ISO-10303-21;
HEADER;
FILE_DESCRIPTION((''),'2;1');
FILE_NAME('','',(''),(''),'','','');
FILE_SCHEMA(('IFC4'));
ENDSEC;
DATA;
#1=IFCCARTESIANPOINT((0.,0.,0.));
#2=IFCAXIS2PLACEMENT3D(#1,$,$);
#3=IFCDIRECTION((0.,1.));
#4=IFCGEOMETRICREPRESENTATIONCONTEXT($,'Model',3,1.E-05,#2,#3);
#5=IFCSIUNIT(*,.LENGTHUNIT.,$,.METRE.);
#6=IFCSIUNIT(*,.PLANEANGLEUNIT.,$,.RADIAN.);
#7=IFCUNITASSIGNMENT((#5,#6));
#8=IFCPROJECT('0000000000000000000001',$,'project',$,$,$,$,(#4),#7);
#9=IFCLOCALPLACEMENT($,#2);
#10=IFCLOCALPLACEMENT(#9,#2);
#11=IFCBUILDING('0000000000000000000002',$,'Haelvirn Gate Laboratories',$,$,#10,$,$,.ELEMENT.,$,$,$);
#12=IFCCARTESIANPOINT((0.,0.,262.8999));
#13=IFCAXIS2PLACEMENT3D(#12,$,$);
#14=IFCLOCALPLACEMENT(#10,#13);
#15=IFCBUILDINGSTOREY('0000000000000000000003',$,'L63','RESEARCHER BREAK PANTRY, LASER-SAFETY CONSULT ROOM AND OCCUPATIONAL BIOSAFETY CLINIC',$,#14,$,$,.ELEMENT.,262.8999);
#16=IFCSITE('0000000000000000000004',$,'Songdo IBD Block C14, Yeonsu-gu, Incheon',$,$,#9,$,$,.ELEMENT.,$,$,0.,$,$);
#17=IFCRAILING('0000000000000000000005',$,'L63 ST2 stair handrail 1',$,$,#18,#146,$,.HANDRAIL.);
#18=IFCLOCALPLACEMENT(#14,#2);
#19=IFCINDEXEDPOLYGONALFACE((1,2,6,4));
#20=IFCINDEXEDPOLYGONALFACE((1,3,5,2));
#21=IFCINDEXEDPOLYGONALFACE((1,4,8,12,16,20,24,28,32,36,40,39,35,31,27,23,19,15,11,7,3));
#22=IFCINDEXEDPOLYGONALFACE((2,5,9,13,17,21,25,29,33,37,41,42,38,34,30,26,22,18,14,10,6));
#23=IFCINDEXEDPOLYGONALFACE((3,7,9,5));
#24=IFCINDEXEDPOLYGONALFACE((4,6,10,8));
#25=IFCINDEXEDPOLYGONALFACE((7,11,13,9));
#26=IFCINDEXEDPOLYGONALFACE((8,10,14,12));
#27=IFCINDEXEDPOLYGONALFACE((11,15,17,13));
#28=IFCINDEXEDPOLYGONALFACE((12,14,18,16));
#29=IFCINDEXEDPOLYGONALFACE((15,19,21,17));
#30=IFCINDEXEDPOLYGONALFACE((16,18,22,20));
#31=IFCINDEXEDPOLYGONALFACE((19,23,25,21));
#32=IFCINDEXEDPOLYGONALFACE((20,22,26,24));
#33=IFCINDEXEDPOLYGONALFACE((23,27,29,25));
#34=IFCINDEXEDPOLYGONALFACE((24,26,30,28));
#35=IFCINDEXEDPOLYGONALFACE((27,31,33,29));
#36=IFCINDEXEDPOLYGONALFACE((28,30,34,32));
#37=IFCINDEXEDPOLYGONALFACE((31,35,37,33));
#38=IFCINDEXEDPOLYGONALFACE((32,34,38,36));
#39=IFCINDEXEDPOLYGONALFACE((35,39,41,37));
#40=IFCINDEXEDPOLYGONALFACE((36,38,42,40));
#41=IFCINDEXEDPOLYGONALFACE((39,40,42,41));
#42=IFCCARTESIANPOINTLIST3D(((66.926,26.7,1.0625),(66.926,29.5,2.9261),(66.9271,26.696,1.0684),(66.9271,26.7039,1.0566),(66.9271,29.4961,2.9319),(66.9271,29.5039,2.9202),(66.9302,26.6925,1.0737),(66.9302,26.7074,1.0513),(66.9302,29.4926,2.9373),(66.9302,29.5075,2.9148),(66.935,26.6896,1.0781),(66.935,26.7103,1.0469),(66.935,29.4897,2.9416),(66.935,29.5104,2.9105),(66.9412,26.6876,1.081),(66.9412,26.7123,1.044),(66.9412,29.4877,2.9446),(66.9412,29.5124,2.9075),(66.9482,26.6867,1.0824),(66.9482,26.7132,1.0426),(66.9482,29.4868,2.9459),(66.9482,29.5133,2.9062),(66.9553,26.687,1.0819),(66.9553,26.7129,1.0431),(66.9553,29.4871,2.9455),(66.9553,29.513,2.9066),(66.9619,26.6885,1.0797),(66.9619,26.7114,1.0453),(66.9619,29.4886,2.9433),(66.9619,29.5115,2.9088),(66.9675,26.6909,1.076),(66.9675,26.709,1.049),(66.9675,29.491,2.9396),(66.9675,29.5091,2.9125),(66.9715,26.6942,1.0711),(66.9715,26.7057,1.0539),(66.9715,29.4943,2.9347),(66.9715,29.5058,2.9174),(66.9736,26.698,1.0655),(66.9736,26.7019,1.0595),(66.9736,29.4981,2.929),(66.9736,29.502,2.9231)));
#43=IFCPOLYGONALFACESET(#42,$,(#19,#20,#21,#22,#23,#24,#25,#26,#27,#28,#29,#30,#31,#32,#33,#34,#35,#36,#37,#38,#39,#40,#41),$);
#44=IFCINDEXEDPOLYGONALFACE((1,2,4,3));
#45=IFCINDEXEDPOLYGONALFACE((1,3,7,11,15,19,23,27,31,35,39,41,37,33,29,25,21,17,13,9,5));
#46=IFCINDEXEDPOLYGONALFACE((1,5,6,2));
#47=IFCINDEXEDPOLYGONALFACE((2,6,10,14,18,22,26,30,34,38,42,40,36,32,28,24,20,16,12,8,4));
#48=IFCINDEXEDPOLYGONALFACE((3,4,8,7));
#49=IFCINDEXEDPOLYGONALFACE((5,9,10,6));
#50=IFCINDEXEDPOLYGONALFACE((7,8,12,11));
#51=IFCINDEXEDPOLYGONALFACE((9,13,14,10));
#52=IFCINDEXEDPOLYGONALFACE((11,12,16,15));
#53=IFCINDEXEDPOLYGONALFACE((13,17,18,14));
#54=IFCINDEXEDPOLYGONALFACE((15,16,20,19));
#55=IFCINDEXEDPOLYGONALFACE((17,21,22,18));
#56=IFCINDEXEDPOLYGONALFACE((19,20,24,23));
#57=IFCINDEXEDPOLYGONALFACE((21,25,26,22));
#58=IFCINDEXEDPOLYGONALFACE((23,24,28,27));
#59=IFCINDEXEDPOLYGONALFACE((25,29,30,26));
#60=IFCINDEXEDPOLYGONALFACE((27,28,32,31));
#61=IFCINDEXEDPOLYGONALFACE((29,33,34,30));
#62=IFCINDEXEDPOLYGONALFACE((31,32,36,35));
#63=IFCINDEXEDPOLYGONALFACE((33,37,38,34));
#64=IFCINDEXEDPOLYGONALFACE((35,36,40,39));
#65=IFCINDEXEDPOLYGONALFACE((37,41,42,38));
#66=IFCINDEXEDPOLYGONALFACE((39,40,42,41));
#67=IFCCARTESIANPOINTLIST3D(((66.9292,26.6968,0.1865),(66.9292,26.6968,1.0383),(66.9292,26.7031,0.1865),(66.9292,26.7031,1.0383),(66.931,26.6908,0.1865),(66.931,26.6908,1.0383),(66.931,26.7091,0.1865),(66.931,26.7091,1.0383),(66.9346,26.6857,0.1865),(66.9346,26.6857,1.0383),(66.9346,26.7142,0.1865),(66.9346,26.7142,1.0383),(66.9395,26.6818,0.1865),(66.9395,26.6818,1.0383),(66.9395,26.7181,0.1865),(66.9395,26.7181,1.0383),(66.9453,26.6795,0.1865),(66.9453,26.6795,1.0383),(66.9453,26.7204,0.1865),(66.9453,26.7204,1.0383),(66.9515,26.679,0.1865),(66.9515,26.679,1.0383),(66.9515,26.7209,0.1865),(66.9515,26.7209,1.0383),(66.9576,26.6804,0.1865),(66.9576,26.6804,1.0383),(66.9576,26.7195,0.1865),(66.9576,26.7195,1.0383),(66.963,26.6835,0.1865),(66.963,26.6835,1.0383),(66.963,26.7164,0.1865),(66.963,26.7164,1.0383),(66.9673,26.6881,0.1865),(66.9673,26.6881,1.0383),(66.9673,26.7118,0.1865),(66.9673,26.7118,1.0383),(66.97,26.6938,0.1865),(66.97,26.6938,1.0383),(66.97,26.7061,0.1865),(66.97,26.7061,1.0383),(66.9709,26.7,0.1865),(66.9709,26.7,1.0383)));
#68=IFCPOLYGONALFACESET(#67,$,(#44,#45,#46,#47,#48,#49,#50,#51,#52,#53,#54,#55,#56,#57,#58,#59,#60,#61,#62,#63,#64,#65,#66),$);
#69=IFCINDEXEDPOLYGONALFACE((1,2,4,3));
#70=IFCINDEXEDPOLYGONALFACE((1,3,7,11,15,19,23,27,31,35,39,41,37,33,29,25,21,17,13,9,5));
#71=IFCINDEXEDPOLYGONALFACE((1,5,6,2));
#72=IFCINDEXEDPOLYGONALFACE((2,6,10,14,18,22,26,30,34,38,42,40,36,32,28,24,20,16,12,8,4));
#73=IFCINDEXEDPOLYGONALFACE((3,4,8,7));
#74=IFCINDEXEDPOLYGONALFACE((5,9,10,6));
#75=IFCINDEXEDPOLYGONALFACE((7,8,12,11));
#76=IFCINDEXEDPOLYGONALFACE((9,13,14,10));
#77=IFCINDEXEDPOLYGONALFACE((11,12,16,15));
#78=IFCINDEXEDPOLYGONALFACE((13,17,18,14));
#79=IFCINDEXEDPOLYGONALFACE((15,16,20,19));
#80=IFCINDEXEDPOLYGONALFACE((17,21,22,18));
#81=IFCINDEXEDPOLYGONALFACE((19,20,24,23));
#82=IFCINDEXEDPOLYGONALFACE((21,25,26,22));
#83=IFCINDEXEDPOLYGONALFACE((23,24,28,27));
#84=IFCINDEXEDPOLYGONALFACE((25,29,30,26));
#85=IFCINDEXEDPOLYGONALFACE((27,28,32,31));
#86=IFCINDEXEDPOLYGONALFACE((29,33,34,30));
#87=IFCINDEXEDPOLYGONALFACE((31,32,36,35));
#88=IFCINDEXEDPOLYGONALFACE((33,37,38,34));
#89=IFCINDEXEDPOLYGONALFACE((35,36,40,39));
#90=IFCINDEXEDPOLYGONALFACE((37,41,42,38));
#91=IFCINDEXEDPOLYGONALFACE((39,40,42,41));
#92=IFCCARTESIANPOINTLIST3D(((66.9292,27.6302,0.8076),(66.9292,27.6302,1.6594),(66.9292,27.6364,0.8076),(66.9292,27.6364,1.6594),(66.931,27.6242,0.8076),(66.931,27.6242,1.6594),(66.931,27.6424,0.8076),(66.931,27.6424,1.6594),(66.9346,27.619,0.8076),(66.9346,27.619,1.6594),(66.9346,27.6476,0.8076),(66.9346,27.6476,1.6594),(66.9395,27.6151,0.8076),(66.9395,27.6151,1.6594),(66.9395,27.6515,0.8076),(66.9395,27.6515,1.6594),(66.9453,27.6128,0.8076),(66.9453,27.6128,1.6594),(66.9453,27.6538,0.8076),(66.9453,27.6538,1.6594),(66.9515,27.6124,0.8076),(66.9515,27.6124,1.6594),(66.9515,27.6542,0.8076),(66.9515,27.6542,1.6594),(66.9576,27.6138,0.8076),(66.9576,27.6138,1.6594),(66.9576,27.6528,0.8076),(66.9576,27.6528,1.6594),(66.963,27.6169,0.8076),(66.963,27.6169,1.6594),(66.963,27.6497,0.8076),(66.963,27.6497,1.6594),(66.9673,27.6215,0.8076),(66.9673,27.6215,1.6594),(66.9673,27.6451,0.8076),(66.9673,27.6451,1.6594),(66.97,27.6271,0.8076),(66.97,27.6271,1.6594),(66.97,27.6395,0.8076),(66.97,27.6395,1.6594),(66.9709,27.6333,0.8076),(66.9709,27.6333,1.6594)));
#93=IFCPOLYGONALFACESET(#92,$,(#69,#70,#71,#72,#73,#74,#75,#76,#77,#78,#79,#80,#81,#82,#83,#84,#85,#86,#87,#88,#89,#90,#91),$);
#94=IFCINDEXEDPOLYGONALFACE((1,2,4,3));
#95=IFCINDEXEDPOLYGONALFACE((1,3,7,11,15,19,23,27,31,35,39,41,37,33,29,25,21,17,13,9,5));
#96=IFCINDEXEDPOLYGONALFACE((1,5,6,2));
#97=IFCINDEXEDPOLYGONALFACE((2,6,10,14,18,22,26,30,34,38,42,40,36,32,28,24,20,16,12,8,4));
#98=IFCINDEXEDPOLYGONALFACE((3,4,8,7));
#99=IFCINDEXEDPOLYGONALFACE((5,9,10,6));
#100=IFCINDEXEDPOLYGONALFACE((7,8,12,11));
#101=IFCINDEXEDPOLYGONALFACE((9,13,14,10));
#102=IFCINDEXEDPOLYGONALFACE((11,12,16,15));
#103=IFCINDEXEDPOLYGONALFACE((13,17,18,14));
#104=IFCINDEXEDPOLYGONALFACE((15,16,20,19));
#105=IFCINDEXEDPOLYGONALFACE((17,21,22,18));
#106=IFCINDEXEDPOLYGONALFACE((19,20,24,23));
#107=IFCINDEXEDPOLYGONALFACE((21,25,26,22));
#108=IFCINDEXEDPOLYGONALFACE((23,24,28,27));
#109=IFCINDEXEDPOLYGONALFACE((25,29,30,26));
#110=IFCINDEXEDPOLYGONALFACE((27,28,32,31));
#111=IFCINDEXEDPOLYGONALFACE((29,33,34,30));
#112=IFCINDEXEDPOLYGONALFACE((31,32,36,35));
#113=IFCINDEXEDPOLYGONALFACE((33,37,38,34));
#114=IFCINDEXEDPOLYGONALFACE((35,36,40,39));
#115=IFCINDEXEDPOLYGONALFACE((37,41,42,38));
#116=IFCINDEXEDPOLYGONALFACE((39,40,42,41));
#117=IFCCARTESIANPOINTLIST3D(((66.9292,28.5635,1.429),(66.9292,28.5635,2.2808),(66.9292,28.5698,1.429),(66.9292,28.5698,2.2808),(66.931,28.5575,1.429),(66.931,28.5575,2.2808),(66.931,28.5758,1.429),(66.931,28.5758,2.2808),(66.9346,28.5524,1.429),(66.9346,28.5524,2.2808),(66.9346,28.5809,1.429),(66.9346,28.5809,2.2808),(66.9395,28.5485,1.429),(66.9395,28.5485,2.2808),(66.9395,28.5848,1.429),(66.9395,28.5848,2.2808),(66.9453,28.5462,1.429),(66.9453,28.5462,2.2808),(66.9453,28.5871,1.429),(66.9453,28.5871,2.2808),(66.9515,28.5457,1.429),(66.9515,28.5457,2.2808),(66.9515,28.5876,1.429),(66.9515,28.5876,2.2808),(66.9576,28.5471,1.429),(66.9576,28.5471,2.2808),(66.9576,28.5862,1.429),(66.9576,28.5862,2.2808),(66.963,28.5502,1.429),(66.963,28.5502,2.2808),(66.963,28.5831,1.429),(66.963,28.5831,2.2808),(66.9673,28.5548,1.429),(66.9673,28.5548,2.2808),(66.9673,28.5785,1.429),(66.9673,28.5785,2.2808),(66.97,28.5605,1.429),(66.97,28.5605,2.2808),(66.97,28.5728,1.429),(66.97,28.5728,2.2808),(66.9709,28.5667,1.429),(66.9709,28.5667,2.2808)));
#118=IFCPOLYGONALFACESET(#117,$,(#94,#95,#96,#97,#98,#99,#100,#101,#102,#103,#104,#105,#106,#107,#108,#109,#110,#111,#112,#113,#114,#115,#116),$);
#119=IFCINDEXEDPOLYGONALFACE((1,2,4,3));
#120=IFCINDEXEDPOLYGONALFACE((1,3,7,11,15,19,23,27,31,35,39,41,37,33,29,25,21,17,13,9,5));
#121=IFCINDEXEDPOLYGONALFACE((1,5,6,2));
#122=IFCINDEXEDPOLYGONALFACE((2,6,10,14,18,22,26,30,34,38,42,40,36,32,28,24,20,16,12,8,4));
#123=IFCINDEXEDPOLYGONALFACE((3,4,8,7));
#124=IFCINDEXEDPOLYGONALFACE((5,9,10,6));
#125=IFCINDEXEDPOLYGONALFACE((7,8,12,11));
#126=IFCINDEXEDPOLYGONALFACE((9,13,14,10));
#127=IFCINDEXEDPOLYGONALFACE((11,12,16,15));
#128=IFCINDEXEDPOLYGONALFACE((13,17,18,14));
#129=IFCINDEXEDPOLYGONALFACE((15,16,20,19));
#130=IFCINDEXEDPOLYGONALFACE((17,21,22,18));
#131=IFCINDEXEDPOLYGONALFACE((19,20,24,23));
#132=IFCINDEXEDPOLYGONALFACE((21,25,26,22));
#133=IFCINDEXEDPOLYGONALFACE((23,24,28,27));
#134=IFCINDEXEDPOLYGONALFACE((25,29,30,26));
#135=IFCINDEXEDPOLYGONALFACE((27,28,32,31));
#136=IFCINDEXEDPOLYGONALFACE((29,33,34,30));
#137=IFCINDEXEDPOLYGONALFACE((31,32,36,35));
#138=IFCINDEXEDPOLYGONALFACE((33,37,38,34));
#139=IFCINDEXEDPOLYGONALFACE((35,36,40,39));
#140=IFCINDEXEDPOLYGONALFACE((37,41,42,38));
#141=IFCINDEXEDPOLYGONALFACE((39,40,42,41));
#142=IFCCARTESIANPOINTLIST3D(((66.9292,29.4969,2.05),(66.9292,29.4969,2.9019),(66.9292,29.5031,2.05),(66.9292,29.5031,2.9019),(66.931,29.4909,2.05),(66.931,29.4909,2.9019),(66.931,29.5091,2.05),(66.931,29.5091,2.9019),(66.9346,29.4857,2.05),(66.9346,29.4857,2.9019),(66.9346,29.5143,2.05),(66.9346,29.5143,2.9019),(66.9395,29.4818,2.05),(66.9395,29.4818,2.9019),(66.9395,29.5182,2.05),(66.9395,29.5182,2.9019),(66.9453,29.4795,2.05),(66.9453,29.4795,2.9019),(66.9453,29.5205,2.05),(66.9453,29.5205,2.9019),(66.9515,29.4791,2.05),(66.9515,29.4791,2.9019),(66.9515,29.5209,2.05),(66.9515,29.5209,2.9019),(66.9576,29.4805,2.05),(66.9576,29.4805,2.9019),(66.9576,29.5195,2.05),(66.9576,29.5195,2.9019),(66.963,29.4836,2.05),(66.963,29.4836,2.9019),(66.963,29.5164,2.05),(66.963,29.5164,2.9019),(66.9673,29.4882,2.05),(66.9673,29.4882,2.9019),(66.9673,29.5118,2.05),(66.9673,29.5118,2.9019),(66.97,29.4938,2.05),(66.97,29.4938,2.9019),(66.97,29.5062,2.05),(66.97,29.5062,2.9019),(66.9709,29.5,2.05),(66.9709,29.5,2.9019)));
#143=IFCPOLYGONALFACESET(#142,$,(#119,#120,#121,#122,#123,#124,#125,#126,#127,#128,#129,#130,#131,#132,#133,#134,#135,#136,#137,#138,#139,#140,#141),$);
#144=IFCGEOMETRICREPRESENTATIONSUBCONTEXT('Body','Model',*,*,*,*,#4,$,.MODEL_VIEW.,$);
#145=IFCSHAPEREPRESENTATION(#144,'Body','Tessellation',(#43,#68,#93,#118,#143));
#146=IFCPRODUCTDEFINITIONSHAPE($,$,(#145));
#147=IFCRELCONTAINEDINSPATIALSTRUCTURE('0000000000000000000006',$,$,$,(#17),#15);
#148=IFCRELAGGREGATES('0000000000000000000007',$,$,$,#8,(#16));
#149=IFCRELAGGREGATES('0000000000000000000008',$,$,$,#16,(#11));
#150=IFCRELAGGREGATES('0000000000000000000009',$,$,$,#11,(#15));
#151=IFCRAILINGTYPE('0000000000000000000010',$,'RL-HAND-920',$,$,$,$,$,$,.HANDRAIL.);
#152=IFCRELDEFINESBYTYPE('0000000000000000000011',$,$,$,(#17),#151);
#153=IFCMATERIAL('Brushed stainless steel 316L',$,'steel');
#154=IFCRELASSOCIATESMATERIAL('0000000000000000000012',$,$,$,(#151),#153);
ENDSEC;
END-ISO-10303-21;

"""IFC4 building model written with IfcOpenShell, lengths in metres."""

from ifc_helpers import new_model, si_unit, direction, frame, origin, origin_2d, place, context, subcontext, project, spatial, circle, extrude, source, transform, mapped, material, type_object, element, save


model = new_model("IFC4")

# Units and contexts
model_context = context("Model", 3, precision=1e-05, world=origin(), true_north=direction((0.0, 1.0)))
body_context = subcontext(model_context, "Body", "Model", "MODEL_VIEW")
ifc_project = project(units=[si_unit("LENGTHUNIT", "METRE"), si_unit("PLANEANGLEUNIT", "RADIAN")], contexts=[model_context])

# Site, building, storey
site_placement = place(None, origin())
site = spatial("IfcSite", under=ifc_project, at=site_placement, Name="Songdo IBD Block C14, Yeonsu-gu, Incheon", CompositionType="ELEMENT", RefElevation=0.0)
building_placement = place(site_placement, origin())
building = spatial("IfcBuilding", under=site, at=building_placement, Name="Haelvirn Gate Laboratories", CompositionType="ELEMENT")
storey_placement = place(building_placement, frame((0.0, 0.0, 262.8999)))
storey = spatial("IfcBuildingStorey", under=building, at=storey_placement, Name="L63", Description="RESEARCHER BREAK PANTRY, LASER-SAFETY CONSULT ROOM AND OCCUPATIONAL BIOSAFETY CLINIC", CompositionType="ELEMENT", Elevation=262.8999)

# Railing
ifc_material_1 = material(Name="Brushed stainless steel 316L", Category="steel")
railing_type_1 = type_object("IfcRailingType", Name="RL-HAND-920", PredefinedType="HANDRAIL", material=ifc_material_1)
shared_shape_1 = source(origin(), body_context, "Body", "SweptSolid", [
    extrude(circle(Radius=0.0239, at=origin_2d()), frame((0.0, 0.0, 0.876), z_axis=(0.0, 0.832486, 0.554047), x_axis=(-1.0, 0.0, 0.0)), (0.0, 0.0, 1.0), 3.3635),
    extrude(circle(Radius=0.021, at=origin_2d()), origin(), (0.0, 0.0, 1.0), 0.8518),
    extrude(circle(Radius=0.021, at=origin_2d()), frame((0.0, 0.9333, 0.6211)), (0.0, 0.0, 1.0), 0.8518),
    extrude(circle(Radius=0.021, at=origin_2d()), frame((0.0, 1.8667, 1.2424)), (0.0, 0.0, 1.0), 0.8518),
    extrude(circle(Radius=0.021, at=origin_2d()), frame((0.0, 2.8, 1.8635)), (0.0, 0.0, 1.0), 0.8518),
])
railing_1_placement = place(storey_placement, frame((66.95, 26.7, 0.1865)))
element("IfcRailing", 1, at=railing_1_placement, inside=storey, type_object=railing_type_1, Name="L63 ST2 stair handrail 1", PredefinedType="HANDRAIL", context=body_context, shape_type="MappedRepresentation", body=[
    mapped(shared_shape_1, transform((0.0, 0.0, 0.0), scale=1.0)),
])

save(model, "model.ifc")
